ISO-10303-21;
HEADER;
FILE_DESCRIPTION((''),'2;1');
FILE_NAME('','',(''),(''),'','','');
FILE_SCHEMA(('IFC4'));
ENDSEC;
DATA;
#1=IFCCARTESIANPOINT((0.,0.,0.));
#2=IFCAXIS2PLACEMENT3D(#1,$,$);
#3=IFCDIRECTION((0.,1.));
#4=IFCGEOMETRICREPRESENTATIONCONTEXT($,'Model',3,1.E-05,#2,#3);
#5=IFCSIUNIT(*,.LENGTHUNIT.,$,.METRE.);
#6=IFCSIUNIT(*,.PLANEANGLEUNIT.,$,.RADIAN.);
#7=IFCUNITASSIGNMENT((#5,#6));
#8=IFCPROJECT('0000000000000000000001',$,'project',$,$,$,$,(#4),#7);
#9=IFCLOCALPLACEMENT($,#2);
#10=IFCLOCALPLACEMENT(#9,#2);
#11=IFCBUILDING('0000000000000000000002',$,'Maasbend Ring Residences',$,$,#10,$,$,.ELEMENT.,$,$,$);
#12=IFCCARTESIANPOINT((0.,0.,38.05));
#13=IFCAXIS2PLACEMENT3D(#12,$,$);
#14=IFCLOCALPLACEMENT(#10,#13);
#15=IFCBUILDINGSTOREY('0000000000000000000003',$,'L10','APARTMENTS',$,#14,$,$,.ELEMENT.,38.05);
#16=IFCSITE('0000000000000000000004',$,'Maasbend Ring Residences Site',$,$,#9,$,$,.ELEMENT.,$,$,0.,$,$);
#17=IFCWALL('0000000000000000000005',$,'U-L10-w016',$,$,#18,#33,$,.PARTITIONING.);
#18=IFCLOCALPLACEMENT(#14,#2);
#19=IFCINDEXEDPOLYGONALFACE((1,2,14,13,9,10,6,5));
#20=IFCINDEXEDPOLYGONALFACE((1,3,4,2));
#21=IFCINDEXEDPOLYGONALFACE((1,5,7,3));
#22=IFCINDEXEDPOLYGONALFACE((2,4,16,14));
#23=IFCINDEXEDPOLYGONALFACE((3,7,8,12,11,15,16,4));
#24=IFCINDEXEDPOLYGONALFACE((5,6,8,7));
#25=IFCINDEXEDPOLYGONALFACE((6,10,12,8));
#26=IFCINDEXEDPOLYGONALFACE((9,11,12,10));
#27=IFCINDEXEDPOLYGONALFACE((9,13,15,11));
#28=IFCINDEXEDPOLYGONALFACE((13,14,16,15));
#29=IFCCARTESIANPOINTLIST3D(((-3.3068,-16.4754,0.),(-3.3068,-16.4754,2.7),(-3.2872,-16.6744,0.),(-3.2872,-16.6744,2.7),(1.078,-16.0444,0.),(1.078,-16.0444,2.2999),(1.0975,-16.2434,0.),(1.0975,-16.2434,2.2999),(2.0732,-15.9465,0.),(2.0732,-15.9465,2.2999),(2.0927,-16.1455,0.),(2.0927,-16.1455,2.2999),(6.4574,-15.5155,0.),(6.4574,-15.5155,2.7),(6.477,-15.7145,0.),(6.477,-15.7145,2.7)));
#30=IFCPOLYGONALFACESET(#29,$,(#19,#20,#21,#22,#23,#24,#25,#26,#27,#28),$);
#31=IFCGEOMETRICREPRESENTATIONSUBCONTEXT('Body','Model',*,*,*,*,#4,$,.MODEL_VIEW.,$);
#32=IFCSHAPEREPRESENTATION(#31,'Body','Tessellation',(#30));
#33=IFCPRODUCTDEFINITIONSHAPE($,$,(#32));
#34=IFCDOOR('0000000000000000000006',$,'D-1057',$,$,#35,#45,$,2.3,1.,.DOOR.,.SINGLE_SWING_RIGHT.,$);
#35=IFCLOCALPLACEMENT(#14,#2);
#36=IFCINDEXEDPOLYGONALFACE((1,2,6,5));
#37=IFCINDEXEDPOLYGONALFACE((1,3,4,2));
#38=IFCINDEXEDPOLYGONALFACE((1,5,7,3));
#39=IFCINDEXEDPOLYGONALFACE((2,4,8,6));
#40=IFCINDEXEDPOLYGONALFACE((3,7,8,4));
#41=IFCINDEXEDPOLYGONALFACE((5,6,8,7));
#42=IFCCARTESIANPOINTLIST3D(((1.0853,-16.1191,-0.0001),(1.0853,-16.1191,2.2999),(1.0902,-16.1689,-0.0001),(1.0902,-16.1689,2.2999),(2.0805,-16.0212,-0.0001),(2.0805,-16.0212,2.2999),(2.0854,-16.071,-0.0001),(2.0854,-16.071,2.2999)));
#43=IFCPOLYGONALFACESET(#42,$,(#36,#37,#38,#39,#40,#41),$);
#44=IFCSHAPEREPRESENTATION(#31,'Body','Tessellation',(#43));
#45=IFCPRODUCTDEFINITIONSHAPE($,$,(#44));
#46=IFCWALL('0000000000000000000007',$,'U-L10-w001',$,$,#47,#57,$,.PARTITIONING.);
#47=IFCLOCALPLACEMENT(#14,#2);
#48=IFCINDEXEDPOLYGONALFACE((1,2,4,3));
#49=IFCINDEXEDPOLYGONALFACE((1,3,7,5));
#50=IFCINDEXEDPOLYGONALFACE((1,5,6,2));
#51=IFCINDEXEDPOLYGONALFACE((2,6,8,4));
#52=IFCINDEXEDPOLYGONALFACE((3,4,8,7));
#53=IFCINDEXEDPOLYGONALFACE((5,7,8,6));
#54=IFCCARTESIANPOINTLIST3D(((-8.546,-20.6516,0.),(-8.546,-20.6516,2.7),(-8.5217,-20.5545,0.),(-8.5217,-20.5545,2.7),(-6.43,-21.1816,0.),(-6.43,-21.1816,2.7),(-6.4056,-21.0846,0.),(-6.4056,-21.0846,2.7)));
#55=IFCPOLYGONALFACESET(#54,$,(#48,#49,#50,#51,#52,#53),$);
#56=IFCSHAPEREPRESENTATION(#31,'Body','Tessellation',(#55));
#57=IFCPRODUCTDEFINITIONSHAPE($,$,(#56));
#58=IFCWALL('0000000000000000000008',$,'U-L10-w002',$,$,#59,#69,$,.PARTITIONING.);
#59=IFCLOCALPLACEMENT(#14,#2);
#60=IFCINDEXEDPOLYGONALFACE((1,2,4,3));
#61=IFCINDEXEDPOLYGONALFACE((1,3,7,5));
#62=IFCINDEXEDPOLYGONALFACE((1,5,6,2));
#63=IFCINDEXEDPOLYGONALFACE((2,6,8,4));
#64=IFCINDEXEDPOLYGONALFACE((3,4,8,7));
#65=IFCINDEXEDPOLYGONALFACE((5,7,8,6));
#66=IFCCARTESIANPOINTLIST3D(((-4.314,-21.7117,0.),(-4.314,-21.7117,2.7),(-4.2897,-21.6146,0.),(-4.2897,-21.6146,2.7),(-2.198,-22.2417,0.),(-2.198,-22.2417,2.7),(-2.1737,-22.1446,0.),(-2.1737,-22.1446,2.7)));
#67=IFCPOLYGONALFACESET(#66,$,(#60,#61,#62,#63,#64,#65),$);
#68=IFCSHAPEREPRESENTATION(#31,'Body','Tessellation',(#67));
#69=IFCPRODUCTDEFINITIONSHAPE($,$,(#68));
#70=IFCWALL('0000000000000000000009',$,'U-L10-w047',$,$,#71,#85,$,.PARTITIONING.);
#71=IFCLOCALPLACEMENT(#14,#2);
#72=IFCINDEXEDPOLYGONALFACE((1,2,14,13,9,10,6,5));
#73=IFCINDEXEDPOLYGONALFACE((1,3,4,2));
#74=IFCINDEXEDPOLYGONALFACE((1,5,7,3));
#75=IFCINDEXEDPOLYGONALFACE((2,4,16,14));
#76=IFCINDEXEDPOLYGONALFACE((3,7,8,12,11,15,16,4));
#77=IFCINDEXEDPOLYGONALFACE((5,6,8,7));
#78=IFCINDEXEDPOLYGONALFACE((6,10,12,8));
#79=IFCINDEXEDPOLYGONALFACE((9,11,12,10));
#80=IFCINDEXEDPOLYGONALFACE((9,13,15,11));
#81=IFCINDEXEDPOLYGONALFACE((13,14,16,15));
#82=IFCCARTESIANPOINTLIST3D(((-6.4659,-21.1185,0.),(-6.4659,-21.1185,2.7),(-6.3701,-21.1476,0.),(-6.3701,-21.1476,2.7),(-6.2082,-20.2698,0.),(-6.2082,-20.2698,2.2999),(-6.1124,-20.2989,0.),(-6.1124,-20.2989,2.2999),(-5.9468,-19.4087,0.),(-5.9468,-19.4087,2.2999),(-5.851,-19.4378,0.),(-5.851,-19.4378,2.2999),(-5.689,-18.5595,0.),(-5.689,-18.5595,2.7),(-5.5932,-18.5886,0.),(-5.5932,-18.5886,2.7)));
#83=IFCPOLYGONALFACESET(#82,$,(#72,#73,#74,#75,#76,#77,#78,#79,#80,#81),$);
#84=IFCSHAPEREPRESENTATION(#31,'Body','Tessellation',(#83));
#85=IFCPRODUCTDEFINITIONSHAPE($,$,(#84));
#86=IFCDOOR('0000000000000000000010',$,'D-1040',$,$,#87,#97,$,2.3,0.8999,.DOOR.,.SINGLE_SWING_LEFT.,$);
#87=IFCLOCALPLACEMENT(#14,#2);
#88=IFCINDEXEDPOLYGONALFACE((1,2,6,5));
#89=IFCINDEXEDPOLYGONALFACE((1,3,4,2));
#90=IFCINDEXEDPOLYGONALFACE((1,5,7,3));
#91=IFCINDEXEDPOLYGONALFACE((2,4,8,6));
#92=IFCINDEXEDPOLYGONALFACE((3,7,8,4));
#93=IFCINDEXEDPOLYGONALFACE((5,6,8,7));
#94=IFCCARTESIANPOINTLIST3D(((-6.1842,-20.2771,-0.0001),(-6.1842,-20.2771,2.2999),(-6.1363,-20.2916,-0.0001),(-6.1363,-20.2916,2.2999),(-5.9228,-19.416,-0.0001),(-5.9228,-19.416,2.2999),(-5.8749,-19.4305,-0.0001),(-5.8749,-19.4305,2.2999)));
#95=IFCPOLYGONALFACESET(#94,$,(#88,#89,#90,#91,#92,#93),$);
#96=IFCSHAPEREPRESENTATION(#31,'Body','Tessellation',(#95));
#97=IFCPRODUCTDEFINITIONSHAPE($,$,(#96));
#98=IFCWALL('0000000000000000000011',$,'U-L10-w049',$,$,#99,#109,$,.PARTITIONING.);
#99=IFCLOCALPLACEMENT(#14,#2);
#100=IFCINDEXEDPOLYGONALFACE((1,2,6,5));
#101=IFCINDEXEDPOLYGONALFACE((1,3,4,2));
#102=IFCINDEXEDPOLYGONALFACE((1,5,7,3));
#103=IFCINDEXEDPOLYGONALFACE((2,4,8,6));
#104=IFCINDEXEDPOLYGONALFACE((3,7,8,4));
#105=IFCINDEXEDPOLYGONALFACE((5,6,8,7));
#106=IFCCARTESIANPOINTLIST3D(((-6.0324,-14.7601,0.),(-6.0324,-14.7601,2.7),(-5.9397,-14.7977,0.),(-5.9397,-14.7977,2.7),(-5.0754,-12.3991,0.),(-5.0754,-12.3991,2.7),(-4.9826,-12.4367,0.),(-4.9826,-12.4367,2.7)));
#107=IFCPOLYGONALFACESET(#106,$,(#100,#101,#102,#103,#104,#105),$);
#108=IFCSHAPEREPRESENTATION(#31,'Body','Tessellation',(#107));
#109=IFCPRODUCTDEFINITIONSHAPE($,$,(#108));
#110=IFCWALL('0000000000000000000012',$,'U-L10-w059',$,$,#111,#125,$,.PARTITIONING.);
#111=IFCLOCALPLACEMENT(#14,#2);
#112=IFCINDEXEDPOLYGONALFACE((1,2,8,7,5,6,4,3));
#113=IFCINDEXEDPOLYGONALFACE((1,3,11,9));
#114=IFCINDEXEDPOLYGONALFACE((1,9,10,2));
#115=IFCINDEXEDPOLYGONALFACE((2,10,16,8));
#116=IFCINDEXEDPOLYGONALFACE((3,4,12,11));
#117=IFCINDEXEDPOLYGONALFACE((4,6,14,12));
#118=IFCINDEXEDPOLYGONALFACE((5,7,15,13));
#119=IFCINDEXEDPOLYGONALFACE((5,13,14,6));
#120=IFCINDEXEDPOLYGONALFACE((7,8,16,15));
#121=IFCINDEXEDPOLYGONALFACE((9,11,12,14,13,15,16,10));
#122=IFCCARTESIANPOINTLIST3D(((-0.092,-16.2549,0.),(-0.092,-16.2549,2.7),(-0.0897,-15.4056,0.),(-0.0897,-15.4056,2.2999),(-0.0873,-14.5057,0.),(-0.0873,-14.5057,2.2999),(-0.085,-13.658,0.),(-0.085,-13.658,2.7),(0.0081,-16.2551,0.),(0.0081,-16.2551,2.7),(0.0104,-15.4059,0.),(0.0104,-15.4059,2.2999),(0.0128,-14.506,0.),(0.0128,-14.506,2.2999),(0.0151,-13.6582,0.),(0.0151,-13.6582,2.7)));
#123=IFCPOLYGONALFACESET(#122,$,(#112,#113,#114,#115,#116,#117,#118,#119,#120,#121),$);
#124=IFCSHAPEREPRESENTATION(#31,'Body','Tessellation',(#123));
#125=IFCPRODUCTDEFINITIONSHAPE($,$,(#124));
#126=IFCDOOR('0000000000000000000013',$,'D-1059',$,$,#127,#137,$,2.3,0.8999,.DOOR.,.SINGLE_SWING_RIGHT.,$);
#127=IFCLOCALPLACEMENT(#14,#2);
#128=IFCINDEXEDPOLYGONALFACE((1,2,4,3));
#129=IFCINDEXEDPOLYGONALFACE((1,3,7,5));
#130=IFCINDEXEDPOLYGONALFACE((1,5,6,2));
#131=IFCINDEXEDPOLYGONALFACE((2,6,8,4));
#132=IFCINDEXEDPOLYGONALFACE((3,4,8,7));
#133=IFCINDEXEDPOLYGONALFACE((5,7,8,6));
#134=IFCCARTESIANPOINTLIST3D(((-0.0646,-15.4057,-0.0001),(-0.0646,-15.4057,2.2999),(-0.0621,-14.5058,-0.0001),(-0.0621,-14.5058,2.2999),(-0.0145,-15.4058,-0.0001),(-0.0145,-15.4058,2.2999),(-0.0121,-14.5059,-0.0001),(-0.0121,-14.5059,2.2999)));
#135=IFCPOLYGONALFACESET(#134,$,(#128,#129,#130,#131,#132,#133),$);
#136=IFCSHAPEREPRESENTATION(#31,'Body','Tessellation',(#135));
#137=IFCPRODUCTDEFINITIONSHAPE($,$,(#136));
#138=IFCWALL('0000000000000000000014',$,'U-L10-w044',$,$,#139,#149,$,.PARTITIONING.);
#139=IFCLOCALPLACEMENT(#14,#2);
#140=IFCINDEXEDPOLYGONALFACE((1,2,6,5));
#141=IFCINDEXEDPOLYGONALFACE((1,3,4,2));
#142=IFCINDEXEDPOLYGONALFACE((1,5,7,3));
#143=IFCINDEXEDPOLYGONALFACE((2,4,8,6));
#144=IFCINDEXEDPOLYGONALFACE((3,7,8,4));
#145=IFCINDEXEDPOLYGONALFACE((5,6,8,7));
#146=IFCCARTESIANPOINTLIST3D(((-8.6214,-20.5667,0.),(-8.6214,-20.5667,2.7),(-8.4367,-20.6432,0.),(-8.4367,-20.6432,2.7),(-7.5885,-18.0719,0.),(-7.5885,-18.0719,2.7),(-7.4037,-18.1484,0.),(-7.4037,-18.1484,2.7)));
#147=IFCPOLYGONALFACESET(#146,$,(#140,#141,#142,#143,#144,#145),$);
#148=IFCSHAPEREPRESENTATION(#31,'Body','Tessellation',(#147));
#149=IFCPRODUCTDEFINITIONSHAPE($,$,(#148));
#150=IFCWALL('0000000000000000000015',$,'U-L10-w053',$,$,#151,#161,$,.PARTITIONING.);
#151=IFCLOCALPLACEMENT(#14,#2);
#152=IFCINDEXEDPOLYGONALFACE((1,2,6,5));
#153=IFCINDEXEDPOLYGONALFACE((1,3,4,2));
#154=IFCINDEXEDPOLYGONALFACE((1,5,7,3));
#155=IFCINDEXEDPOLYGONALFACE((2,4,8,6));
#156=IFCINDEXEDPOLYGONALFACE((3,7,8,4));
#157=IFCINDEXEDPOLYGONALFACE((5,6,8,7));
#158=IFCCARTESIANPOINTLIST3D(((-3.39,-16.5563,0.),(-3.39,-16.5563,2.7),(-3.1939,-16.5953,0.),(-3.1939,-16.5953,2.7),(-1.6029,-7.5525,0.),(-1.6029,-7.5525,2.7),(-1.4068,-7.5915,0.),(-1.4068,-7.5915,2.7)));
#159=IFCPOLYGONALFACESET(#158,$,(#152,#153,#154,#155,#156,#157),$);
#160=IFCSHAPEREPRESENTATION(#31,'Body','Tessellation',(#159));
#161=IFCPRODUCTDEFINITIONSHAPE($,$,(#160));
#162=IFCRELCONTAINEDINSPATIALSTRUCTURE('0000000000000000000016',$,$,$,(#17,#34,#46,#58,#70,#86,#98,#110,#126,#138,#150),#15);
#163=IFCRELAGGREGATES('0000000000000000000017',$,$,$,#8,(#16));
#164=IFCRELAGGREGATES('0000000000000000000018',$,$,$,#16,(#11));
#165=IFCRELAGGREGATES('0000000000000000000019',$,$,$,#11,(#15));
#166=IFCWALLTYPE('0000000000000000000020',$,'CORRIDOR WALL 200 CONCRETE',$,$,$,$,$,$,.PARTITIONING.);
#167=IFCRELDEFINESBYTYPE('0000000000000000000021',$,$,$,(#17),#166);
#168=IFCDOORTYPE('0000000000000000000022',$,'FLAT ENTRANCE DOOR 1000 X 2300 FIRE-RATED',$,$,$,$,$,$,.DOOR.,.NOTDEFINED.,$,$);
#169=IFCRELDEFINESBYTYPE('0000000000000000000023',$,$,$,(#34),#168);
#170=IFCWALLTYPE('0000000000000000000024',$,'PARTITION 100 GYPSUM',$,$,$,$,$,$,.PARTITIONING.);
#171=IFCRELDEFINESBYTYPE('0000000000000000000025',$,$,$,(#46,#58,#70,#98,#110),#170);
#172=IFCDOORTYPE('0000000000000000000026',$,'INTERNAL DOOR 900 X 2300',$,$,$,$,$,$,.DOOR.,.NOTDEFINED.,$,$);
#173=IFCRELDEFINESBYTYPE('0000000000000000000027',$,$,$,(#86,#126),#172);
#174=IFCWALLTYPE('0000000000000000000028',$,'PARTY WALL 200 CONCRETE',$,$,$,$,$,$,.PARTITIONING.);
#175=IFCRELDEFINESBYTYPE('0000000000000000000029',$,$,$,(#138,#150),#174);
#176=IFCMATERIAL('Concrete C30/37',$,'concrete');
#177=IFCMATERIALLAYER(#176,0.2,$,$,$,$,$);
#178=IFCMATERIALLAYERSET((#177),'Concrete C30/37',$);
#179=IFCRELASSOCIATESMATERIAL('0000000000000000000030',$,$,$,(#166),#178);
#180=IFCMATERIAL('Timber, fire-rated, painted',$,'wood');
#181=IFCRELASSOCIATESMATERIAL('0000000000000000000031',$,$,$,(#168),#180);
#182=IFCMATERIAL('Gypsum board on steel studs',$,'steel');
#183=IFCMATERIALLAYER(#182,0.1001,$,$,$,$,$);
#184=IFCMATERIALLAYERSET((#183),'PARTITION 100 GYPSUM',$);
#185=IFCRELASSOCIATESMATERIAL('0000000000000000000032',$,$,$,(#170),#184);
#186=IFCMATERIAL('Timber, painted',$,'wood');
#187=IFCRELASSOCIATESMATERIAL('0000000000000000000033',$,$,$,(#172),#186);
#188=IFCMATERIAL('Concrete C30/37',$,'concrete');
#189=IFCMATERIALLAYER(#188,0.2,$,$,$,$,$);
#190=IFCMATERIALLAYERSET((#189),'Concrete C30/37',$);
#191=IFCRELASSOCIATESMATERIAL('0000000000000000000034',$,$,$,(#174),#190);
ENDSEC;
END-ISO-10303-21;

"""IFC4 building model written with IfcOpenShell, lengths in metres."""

from ifc_helpers import new_model, si_unit, direction, frame, frame_2d, origin, place, context, subcontext, project, spatial, rectangle, extrude, material, layer, layer_set, type_object, element, fill, save


model = new_model("IFC4")

# Units and contexts
model_context = context("Model", 3, precision=1e-05, world=origin(), true_north=direction((0.0, 1.0)))
body_context = subcontext(model_context, "Body", "Model", "MODEL_VIEW")
ifc_project = project(units=[si_unit("LENGTHUNIT", "METRE"), si_unit("PLANEANGLEUNIT", "RADIAN")], contexts=[model_context])

# Site, building, storey
site_placement = place(None, origin())
site = spatial("IfcSite", under=ifc_project, at=site_placement, Name="Maasbend Ring Residences Site", CompositionType="ELEMENT", RefElevation=0.0)
building_placement = place(site_placement, origin())
building = spatial("IfcBuilding", under=site, at=building_placement, Name="Maasbend Ring Residences", CompositionType="ELEMENT")
storey_placement = place(building_placement, frame((0.0, 0.0, 38.05)))
storey = spatial("IfcBuildingStorey", under=building, at=storey_placement, Name="L10", Description="APARTMENTS", CompositionType="ELEMENT", Elevation=38.05)

# Shared definitions
ifc_material_1 = material(Name="Concrete C30/37", Category="concrete")
ifc_layer_1 = layer(ifc_material_1, 0.2)
ifc_layer_set_1 = layer_set([ifc_layer_1], Name="Concrete C30/37")
wall_type_1 = type_object("IfcWallType", Name="CORRIDOR WALL 200 CONCRETE", PredefinedType="PARTITIONING", material=ifc_layer_set_1)
ifc_material_2 = material(Name="Timber, fire-rated, painted", Category="wood")
door_type_1 = type_object("IfcDoorType", Name="FLAT ENTRANCE DOOR 1000 X 2300 FIRE-RATED", OperationType="NOTDEFINED", PredefinedType="DOOR", material=ifc_material_2)

# Wall, opening, door
wall_1_placement = place(storey_placement, frame((-3.2971, -16.575, 0.0), z_axis=(0.0, 0.0, 1.0), x_axis=(0.995202, 0.097843, 0.0)))
wall_1 = element("IfcWall", 1, at=wall_1_placement, inside=storey, type_object=wall_type_1, Name="U-L10-w016", PredefinedType="PARTITIONING", context=body_context, shape_type="SweptSolid", body=[
    extrude(rectangle(XDim=9.8113, YDim=0.2, at=frame_2d((4.9058, 0.0))), origin(), (0.0, 0.0, 1.0), 2.7),
])
opening_1_placement = place(wall_1_placement, frame((4.406, 0.0, 0.0)))
opening_1 = element("IfcOpeningElement", 2, at=opening_1_placement, cuts=wall_1, PredefinedType="OPENING", context=body_context, shape_type="SweptSolid", body=[
    extrude(rectangle(XDim=1.0, YDim=2.3, at=frame_2d((0.5, 1.1499))), frame((0.0, 0.1099, 0.0), z_axis=(0.0, -1.0, 0.0), x_axis=(1.0, 0.0, 0.0)), (0.0, 0.0, 1.0), 0.22),
])
door_1_placement = place(opening_1_placement, origin())
door_1 = element("IfcDoor", 3, at=door_1_placement, inside=storey, type_object=door_type_1, Name="D-1057", OperationType="SINGLE_SWING_RIGHT", OverallHeight=2.3, OverallWidth=1.0, PredefinedType="DOOR", context=body_context, shape_type="SweptSolid", body=[
    extrude(rectangle(XDim=1.0, YDim=2.3, at=frame_2d((0.5, 1.1499))), frame((0.0, 0.0249, 0.0), z_axis=(0.0, -1.0, 0.0), x_axis=(1.0, 0.0, 0.0)), (0.0, 0.0, 1.0), 0.05),
])
fill(opening_1, door_1)

# Walls
ifc_material_3 = material(Name="Gypsum board on steel studs", Category="steel")
ifc_layer_2 = layer(ifc_material_3, 0.1001)
ifc_layer_set_2 = layer_set([ifc_layer_2], Name="PARTITION 100 GYPSUM")
wall_type_2 = type_object("IfcWallType", Name="PARTITION 100 GYPSUM", PredefinedType="PARTITIONING", material=ifc_layer_set_2)
for number, where, z_axis, x_axis, name in (
    (4, (-8.5339, -20.603, 0.0), (0.0, 0.0, 1.0), (0.97003, -0.242983, 0.0), "U-L10-w001"),
    (5, (-4.302, -21.6631, 0.0), (0.0, 0.0, 1.0), (0.97003, -0.242983, 0.0), "U-L10-w002"),
):
    element("IfcWall", number, at=place(storey_placement, frame(where, z_axis=z_axis, x_axis=x_axis)), inside=storey, type_object=wall_type_2, Name=name, PredefinedType="PARTITIONING", context=body_context, shape_type="SweptSolid", body=[
        extrude(rectangle(XDim=2.1814, YDim=0.1001, at=frame_2d((1.0908, 0.0))), origin(), (0.0, 0.0, 1.0), 2.7),
    ])

# Wall, opening, door
wall_2_placement = place(storey_placement, frame((-6.418, -21.1331, 0.0), z_axis=(0.0, 0.0, 1.0), x_axis=(0.290479, 0.956881, 0.0)))
wall_2 = element("IfcWall", 6, at=wall_2_placement, inside=storey, type_object=wall_type_2, Name="U-L10-w047", PredefinedType="PARTITIONING", context=body_context, shape_type="SweptSolid", body=[
    extrude(rectangle(XDim=2.6743, YDim=0.1001, at=frame_2d((1.3372, 0.0))), origin(), (0.0, 0.0, 1.0), 2.7),
])
opening_2_placement = place(wall_2_placement, frame((0.887, 0.0, 0.0)))
opening_2 = element("IfcOpeningElement", 7, at=opening_2_placement, cuts=wall_2, PredefinedType="OPENING", context=body_context, shape_type="SweptSolid", body=[
    extrude(rectangle(XDim=0.8999, YDim=2.3, at=frame_2d((0.45, 1.1499))), frame((0.0, 0.0601, 0.0), z_axis=(0.0, -1.0, 0.0), x_axis=(1.0, 0.0, 0.0)), (0.0, 0.0, 1.0), 0.1201),
])
ifc_material_4 = material(Name="Timber, painted", Category="wood")
door_type_2 = type_object("IfcDoorType", Name="INTERNAL DOOR 900 X 2300", OperationType="NOTDEFINED", PredefinedType="DOOR", material=ifc_material_4)
door_2_placement = place(opening_2_placement, origin())
door_2 = element("IfcDoor", 8, at=door_2_placement, inside=storey, type_object=door_type_2, Name="D-1040", OperationType="SINGLE_SWING_LEFT", OverallHeight=2.3, OverallWidth=0.8999, PredefinedType="DOOR", context=body_context, shape_type="SweptSolid", body=[
    extrude(rectangle(XDim=0.8999, YDim=2.3, at=frame_2d((0.45, 1.1499))), frame((0.0, 0.0249, 0.0), z_axis=(0.0, -1.0, 0.0), x_axis=(1.0, 0.0, 0.0)), (0.0, 0.0, 1.0), 0.05),
])
fill(opening_2, door_2)

# Wall
wall_3_placement = place(storey_placement, frame((-5.9861, -14.7791, 0.0), z_axis=(0.0, 0.0, 1.0), x_axis=(0.375649, 0.926762, 0.0)))
element("IfcWall", 9, at=wall_3_placement, inside=storey, type_object=wall_type_2, Name="U-L10-w049", PredefinedType="PARTITIONING", context=body_context, shape_type="SweptSolid", body=[
    extrude(rectangle(XDim=2.5476, YDim=0.1001, at=frame_2d((1.2739, 0.0))), origin(), (0.0, 0.0, 1.0), 2.7),
])

# Wall, opening, door
wall_4_placement = place(storey_placement, frame((-0.042, -16.2549, 0.0), z_axis=(0.0, 0.0, 1.0), x_axis=(0.002726, 0.999996, 0.0)))
wall_4 = element("IfcWall", 10, at=wall_4_placement, inside=storey, type_object=wall_type_2, Name="U-L10-w059", PredefinedType="PARTITIONING", context=body_context, shape_type="SweptSolid", body=[
    extrude(rectangle(XDim=2.5969, YDim=0.1001, at=frame_2d((1.2983, 0.0))), origin(), (0.0, 0.0, 1.0), 2.7),
])
opening_3_placement = place(wall_4_placement, frame((0.8491, 0.0, 0.0)))
opening_3 = element("IfcOpeningElement", 11, at=opening_3_placement, cuts=wall_4, PredefinedType="OPENING", context=body_context, shape_type="SweptSolid", body=[
    extrude(rectangle(XDim=0.8999, YDim=2.3, at=frame_2d((0.45, 1.1499))), frame((0.0, 0.0601, 0.0), z_axis=(0.0, -1.0, 0.0), x_axis=(1.0, 0.0, 0.0)), (0.0, 0.0, 1.0), 0.1201),
])
door_3_placement = place(opening_3_placement, origin())
door_3 = element("IfcDoor", 12, at=door_3_placement, inside=storey, type_object=door_type_2, Name="D-1059", OperationType="SINGLE_SWING_RIGHT", OverallHeight=2.3, OverallWidth=0.8999, PredefinedType="DOOR", context=body_context, shape_type="SweptSolid", body=[
    extrude(rectangle(XDim=0.8999, YDim=2.3, at=frame_2d((0.45, 1.1499))), frame((0.0, 0.0249, 0.0), z_axis=(0.0, -1.0, 0.0), x_axis=(1.0, 0.0, 0.0)), (0.0, 0.0, 1.0), 0.05),
])
fill(opening_3, door_3)

# Walls
ifc_material_5 = material(Name="Concrete C30/37", Category="concrete")
ifc_layer_3 = layer(ifc_material_5, 0.2)
ifc_layer_set_3 = layer_set([ifc_layer_3], Name="Concrete C30/37")
wall_type_3 = type_object("IfcWallType", Name="PARTY WALL 200 CONCRETE", PredefinedType="PARTITIONING", material=ifc_layer_set_3)
wall_5_placement = place(storey_placement, frame((-8.5291, -20.605, 0.0), z_axis=(0.0, 0.0, 1.0), x_axis=(0.382541, 0.923939, 0.0)))
element("IfcWall", 13, at=wall_5_placement, inside=storey, type_object=wall_type_3, Name="U-L10-w044", PredefinedType="PARTITIONING", context=body_context, shape_type="SweptSolid", body=[
    extrude(rectangle(XDim=2.7002, YDim=0.2, at=frame_2d((1.3501, 0.0))), origin(), (0.0, 0.0, 1.0), 2.7),
])
wall_6_placement = place(storey_placement, frame((-3.292, -16.5759, 0.0), z_axis=(0.0, 0.0, 1.0), x_axis=(0.194684, 0.980866, 0.0)))
element("IfcWall", 14, at=wall_6_placement, inside=storey, type_object=wall_type_3, Name="U-L10-w053", PredefinedType="PARTITIONING", context=body_context, shape_type="SweptSolid", body=[
    extrude(rectangle(XDim=9.1794, YDim=0.2, at=frame_2d((4.5898, 0.0))), origin(), (0.0, 0.0, 1.0), 2.7),
])

save(model, "model.ifc")
